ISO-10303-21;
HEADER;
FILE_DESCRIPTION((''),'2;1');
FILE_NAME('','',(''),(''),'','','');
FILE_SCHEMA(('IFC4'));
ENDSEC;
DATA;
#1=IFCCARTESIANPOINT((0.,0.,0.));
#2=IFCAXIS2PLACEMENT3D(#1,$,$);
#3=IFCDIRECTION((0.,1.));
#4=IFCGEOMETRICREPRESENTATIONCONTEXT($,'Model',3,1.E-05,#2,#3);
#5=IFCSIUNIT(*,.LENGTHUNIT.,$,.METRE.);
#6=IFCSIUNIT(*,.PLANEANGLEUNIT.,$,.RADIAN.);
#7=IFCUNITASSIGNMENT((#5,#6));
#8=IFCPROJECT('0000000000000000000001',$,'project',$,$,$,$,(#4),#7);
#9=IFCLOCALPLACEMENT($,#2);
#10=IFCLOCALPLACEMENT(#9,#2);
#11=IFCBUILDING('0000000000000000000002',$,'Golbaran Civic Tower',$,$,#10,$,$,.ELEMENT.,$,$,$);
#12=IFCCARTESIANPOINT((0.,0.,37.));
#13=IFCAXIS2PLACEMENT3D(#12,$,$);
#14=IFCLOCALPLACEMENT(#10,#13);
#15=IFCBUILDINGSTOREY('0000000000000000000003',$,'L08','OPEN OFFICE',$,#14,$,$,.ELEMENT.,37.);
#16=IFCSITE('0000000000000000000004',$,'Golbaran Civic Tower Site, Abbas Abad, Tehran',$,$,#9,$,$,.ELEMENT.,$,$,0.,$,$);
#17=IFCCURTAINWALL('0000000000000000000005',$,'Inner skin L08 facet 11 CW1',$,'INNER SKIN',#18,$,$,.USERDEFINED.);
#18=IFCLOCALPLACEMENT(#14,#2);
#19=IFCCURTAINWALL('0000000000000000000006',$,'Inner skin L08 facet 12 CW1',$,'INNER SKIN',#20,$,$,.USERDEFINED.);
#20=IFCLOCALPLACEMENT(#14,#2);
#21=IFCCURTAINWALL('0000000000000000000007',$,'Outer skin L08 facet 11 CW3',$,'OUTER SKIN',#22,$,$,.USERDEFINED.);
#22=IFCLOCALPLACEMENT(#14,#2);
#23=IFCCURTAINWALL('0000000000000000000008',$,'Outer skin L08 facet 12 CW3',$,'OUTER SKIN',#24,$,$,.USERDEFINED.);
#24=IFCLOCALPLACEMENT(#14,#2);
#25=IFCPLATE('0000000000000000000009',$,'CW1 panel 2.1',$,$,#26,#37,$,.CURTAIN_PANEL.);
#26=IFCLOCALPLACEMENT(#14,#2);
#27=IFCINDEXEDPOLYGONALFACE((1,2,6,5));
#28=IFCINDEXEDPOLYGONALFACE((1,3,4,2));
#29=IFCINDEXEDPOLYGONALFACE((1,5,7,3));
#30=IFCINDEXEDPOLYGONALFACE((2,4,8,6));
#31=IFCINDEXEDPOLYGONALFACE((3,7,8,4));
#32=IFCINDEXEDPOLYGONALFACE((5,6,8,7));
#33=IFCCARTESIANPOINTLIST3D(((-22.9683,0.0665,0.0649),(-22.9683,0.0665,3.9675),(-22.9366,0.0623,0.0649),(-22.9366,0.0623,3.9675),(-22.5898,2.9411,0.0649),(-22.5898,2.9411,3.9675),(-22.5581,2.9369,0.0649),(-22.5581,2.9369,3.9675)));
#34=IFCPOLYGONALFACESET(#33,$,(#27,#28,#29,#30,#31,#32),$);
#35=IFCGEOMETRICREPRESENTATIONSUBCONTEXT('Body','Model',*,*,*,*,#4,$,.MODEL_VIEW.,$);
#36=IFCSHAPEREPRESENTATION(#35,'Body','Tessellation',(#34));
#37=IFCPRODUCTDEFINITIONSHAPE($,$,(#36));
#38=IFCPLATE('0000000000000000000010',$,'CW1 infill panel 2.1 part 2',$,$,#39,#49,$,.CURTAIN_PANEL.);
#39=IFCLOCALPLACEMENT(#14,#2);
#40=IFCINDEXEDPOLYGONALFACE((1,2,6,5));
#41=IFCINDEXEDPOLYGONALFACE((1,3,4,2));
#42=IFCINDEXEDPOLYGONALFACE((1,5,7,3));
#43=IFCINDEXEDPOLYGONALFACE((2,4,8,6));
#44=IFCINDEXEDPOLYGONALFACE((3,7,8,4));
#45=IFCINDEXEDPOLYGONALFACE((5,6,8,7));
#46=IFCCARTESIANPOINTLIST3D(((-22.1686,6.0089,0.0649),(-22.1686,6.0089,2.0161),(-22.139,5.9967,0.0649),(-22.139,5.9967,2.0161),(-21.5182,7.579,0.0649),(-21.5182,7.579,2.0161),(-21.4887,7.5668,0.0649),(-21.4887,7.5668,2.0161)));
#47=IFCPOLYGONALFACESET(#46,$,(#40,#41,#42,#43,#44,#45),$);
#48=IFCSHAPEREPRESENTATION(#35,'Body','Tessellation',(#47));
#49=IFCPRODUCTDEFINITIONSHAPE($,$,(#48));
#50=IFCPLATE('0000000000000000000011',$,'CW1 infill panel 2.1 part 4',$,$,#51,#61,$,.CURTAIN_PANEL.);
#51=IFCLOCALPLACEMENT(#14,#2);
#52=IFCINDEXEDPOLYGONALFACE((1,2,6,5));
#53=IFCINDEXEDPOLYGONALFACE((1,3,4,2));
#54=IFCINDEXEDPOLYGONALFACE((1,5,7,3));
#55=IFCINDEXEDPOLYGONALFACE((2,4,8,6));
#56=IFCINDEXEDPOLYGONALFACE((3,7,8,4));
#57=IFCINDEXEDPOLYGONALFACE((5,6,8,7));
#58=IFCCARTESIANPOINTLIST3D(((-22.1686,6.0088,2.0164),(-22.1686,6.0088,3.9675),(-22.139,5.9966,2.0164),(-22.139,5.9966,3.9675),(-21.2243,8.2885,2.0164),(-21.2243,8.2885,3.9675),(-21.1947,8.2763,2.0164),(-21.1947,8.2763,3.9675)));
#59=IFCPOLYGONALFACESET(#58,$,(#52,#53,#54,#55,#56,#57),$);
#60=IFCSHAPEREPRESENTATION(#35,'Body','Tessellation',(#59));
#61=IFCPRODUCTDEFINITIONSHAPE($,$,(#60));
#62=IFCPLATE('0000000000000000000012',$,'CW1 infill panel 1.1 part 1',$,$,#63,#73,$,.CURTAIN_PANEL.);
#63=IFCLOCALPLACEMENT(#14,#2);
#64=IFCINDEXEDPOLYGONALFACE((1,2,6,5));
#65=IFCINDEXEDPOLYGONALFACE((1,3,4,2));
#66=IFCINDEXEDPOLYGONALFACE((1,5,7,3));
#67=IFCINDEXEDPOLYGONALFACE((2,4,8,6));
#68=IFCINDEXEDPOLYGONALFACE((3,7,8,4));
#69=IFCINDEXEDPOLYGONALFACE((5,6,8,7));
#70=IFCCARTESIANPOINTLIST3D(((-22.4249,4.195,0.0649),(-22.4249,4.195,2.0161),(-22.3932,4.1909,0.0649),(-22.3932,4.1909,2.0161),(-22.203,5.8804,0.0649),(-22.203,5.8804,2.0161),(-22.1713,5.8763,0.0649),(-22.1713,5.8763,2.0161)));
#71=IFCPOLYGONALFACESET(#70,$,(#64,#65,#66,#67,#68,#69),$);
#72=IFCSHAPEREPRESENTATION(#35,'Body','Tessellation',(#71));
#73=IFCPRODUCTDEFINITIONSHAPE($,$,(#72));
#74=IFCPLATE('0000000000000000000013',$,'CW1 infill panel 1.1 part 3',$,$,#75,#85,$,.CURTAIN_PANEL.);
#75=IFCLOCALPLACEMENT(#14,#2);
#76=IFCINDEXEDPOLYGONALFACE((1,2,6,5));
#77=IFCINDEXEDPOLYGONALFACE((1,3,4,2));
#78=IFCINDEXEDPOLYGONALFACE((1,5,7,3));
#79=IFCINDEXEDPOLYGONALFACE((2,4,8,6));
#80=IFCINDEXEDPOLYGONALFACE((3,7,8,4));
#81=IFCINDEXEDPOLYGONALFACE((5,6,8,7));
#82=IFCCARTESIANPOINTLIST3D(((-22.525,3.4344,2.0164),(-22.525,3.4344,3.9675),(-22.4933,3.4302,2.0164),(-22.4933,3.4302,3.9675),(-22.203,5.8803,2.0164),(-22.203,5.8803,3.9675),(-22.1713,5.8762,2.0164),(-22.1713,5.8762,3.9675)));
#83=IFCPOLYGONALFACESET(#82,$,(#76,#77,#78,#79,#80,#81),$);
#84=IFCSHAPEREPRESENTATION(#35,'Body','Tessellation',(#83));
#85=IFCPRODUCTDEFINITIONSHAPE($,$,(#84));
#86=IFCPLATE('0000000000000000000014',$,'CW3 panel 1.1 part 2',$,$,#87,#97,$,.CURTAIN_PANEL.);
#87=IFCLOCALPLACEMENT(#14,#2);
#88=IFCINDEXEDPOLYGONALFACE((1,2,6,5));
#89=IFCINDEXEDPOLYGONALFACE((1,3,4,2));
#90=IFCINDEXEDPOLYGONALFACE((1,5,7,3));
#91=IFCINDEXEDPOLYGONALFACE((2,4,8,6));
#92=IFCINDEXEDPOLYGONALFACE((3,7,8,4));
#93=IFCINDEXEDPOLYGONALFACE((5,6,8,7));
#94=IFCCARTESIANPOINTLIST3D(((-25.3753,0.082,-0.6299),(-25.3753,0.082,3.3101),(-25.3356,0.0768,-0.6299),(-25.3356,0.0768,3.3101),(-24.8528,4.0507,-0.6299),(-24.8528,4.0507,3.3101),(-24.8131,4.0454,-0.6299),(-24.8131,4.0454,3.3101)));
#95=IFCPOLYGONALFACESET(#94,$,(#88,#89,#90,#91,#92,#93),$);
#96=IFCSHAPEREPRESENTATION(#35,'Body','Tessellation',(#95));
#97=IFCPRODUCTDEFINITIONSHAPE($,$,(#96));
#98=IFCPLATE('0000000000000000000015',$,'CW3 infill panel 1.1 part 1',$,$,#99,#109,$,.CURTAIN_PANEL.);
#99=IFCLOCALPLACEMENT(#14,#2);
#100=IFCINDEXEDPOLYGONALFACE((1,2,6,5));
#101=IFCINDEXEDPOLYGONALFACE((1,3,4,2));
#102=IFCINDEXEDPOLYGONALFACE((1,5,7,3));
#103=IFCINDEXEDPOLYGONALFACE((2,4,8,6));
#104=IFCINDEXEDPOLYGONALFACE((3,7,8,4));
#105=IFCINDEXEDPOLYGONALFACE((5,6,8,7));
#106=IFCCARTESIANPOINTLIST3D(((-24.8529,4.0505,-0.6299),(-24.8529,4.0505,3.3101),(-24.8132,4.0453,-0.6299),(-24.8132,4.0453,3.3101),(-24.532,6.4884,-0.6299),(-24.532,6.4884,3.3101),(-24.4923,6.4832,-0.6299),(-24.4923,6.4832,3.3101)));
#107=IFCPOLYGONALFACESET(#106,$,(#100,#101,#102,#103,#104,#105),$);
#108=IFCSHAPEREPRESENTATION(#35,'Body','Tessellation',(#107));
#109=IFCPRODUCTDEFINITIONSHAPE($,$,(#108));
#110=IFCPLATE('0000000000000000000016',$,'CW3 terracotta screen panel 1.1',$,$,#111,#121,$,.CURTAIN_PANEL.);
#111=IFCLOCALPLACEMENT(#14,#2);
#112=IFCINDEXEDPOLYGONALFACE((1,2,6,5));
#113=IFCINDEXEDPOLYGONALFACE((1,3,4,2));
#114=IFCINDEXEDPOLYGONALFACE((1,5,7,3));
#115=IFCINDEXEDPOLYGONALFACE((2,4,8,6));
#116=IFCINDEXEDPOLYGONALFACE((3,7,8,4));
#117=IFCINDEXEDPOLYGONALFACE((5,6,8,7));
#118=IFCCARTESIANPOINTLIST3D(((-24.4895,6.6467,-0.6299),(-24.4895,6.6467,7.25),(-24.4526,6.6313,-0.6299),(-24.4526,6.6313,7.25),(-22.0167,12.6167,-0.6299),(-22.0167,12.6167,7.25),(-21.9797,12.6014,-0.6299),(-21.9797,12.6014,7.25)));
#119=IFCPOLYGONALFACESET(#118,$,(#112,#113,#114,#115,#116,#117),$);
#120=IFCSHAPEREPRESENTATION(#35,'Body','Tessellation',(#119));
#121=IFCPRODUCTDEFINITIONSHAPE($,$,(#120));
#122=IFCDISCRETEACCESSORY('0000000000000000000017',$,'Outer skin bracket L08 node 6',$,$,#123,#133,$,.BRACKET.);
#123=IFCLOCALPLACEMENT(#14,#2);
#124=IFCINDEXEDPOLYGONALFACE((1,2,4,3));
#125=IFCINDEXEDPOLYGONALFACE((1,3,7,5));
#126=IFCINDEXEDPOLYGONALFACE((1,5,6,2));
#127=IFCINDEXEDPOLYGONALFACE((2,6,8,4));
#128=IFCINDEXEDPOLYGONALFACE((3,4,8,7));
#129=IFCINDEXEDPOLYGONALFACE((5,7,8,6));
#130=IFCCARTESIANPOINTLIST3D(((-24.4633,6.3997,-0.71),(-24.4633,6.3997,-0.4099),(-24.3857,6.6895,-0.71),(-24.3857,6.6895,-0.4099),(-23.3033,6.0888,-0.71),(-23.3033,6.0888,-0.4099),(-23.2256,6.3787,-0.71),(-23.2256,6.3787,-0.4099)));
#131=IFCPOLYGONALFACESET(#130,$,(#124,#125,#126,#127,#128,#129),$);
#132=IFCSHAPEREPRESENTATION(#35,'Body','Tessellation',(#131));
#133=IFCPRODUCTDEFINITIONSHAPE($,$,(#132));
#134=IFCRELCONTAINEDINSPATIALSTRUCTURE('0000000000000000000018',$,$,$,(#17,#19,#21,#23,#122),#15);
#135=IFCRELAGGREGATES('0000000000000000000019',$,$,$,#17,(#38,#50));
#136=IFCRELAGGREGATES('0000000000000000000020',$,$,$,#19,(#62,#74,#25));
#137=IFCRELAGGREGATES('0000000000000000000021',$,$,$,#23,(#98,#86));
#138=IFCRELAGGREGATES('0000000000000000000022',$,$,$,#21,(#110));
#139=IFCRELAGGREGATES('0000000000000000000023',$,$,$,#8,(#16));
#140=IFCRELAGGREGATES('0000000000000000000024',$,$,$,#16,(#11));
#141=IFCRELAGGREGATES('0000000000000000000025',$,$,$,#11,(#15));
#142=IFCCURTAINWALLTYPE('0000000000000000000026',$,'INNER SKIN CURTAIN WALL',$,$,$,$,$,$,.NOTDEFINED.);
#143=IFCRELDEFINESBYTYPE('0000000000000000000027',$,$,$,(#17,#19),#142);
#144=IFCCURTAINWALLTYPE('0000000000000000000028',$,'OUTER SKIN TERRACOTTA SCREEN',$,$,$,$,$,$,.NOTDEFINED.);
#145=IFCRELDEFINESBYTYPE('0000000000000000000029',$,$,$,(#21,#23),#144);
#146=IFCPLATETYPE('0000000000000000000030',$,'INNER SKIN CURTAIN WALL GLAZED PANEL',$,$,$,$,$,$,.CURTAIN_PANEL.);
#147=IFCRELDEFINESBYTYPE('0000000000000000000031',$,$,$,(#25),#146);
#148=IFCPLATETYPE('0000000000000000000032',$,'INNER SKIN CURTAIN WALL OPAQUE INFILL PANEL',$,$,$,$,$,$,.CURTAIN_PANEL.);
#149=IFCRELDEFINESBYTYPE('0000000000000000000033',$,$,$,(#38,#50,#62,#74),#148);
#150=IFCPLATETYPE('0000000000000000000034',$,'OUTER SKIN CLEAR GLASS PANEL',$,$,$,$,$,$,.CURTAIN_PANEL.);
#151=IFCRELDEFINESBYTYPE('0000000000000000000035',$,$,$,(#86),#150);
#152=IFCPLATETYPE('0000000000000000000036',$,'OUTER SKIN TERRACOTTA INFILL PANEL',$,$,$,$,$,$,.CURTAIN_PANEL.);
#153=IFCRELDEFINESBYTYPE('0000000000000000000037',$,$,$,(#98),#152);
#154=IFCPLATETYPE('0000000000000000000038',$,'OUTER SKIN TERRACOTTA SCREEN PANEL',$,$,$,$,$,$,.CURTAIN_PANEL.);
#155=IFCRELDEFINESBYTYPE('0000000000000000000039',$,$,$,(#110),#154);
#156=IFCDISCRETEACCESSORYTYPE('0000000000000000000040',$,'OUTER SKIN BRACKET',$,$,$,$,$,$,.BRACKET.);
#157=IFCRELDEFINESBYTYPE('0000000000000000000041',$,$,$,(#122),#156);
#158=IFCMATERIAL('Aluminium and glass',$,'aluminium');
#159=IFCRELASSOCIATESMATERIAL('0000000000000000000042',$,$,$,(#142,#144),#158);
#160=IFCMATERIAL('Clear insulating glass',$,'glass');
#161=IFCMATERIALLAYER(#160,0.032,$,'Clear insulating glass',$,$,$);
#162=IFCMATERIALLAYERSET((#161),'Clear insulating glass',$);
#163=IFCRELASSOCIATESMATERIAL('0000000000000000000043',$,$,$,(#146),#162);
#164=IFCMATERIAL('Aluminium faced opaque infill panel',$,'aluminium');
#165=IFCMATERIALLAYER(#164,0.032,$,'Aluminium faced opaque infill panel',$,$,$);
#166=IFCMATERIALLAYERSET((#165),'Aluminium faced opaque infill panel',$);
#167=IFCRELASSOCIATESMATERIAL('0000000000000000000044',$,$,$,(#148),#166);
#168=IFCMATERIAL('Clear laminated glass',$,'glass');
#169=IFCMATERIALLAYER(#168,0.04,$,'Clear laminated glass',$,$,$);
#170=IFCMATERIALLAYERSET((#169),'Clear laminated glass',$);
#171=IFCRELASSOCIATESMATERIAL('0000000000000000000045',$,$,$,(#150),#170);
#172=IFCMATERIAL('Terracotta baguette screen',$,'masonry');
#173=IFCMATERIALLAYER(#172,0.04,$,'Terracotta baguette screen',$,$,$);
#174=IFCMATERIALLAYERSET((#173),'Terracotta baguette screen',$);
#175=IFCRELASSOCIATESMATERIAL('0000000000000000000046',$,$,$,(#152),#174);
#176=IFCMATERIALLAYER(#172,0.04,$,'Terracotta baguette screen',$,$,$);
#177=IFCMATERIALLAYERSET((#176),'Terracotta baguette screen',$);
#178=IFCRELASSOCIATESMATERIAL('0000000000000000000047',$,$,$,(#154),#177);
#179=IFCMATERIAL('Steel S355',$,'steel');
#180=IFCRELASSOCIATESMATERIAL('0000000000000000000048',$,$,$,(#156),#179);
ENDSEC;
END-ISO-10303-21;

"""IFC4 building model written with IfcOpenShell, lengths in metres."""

from ifc_helpers import new_model, si_unit, direction, frame, origin, origin_2d, place, context, subcontext, project, spatial, rectangle, extrude, material, layer, layer_set, type_object, element, aggregate, save


model = new_model("IFC4")

# Units and contexts
model_context = context("Model", 3, precision=1e-05, world=origin(), true_north=direction((0.0, 1.0)))
body_context = subcontext(model_context, "Body", "Model", "MODEL_VIEW")
ifc_project = project(units=[si_unit("LENGTHUNIT", "METRE"), si_unit("PLANEANGLEUNIT", "RADIAN")], contexts=[model_context])

# Site, building, storey
site_placement = place(None, origin())
site = spatial("IfcSite", under=ifc_project, at=site_placement, Name="Golbaran Civic Tower Site, Abbas Abad, Tehran", CompositionType="ELEMENT", RefElevation=0.0)
building_placement = place(site_placement, origin())
building = spatial("IfcBuilding", under=site, at=building_placement, Name="Golbaran Civic Tower", CompositionType="ELEMENT")
storey_placement = place(building_placement, frame((0.0, 0.0, 37.0)))
storey = spatial("IfcBuildingStorey", under=building, at=storey_placement, Name="L08", Description="OPEN OFFICE", CompositionType="ELEMENT", Elevation=37.0)

# Shared definitions
ifc_material_1 = material(Name="Steel S355", Category="steel")

# Curtain walls
ifc_material_2 = material(Name="Aluminium and glass", Category="aluminium")
curtain_wall_type_1 = type_object("IfcCurtainWallType", Name="INNER SKIN CURTAIN WALL", PredefinedType="NOTDEFINED", material=ifc_material_2)
curtain_wall_1_placement = place(storey_placement, origin())
curtain_wall_1 = element("IfcCurtainWall", 1, at=curtain_wall_1_placement, inside=storey, type_object=curtain_wall_type_1, Name="Inner skin L08 facet 11 CW1", ObjectType="INNER SKIN", PredefinedType="USERDEFINED")
curtain_wall_2_placement = place(storey_placement, origin())
curtain_wall_2 = element("IfcCurtainWall", 2, at=curtain_wall_2_placement, inside=storey, type_object=curtain_wall_type_1, Name="Inner skin L08 facet 12 CW1", ObjectType="INNER SKIN", PredefinedType="USERDEFINED")

# Curtain wall
curtain_wall_type_2 = type_object("IfcCurtainWallType", Name="OUTER SKIN TERRACOTTA SCREEN", PredefinedType="NOTDEFINED", material=ifc_material_2)
curtain_wall_3_placement = place(storey_placement, origin())
curtain_wall_3 = element("IfcCurtainWall", 3, at=curtain_wall_3_placement, inside=storey, type_object=curtain_wall_type_2, Name="Outer skin L08 facet 11 CW3", ObjectType="OUTER SKIN", PredefinedType="USERDEFINED")

# Curtain wall
curtain_wall_4_placement = place(storey_placement, origin())
curtain_wall_4 = element("IfcCurtainWall", 4, at=curtain_wall_4_placement, inside=storey, type_object=curtain_wall_type_2, Name="Outer skin L08 facet 12 CW3", ObjectType="OUTER SKIN", PredefinedType="USERDEFINED")

# Plates
ifc_material_3 = material(Name="Clear insulating glass", Category="glass")
ifc_layer_1 = layer(ifc_material_3, 0.032, Name="Clear insulating glass")
ifc_layer_set_1 = layer_set([ifc_layer_1], Name="Clear insulating glass")
plate_type_1 = type_object("IfcPlateType", Name="INNER SKIN CURTAIN WALL GLAZED PANEL", PredefinedType="CURTAIN_PANEL", material=ifc_layer_set_1)
plate_1_placement = place(storey_placement, frame((-22.7632, 1.5017, 0.0649), z_axis=(0.0, 0.0, 1.0), x_axis=(-0.130526, -0.991445, 0.0)))
plate_1 = element("IfcPlate", 5, at=plate_1_placement, type_object=plate_type_1, Name="CW1 panel 2.1", PredefinedType="CURTAIN_PANEL", context=body_context, shape_type="SweptSolid", body=[
    extrude(rectangle(XDim=2.8994, YDim=0.032, at=origin_2d()), origin(), (0.0, 0.0, 1.0), 3.9026),
])
ifc_material_4 = material(Name="Aluminium faced opaque infill panel", Category="aluminium")
ifc_layer_2 = layer(ifc_material_4, 0.032, Name="Aluminium faced opaque infill panel")
ifc_layer_set_2 = layer_set([ifc_layer_2], Name="Aluminium faced opaque infill panel")
plate_type_2 = type_object("IfcPlateType", Name="INNER SKIN CURTAIN WALL OPAQUE INFILL PANEL", PredefinedType="CURTAIN_PANEL", material=ifc_layer_set_2)
plate_2_placement = place(storey_placement, frame((-21.8286, 6.7878, 0.0649), z_axis=(0.0, 0.0, 1.0), x_axis=(-0.382683, -0.92388, 0.0)))
plate_2 = element("IfcPlate", 6, at=plate_2_placement, type_object=plate_type_2, Name="CW1 infill panel 2.1 part 2", PredefinedType="CURTAIN_PANEL", context=body_context, shape_type="SweptSolid", body=[
    extrude(rectangle(XDim=1.6995, YDim=0.032, at=origin_2d()), origin(), (0.0, 0.0, 1.0), 1.9512),
])
plate_3_placement = place(storey_placement, frame((-21.6816, 7.1426, 2.0164), z_axis=(0.0, 0.0, 1.0), x_axis=(-0.382683, -0.92388, 0.0)))
plate_3 = element("IfcPlate", 7, at=plate_3_placement, type_object=plate_type_2, Name="CW1 infill panel 2.1 part 4", PredefinedType="CURTAIN_PANEL", context=body_context, shape_type="SweptSolid", body=[
    extrude(rectangle(XDim=2.4675, YDim=0.032, at=origin_2d()), origin(), (0.0, 0.0, 1.0), 1.9512),
])
aggregate(curtain_wall_1, [plate_2, plate_3])
plate_4_placement = place(storey_placement, frame((-22.2981, 5.0356, 0.0649), z_axis=(0.0, 0.0, 1.0), x_axis=(-0.130526, -0.991445, 0.0)))
plate_4 = element("IfcPlate", 8, at=plate_4_placement, type_object=plate_type_2, Name="CW1 infill panel 1.1 part 1", PredefinedType="CURTAIN_PANEL", context=body_context, shape_type="SweptSolid", body=[
    extrude(rectangle(XDim=1.7, YDim=0.032, at=origin_2d()), origin(), (0.0, 0.0, 1.0), 1.9512),
])
plate_5_placement = place(storey_placement, frame((-22.3481, 4.6553, 2.0164), z_axis=(0.0, 0.0, 1.0), x_axis=(-0.130526, -0.991445, 0.0)))
plate_5 = element("IfcPlate", 9, at=plate_5_placement, type_object=plate_type_2, Name="CW1 infill panel 1.1 part 3", PredefinedType="CURTAIN_PANEL", context=body_context, shape_type="SweptSolid", body=[
    extrude(rectangle(XDim=2.467, YDim=0.032, at=origin_2d()), origin(), (0.0, 0.0, 1.0), 1.9512),
])
aggregate(curtain_wall_2, [plate_4, plate_5, plate_1])
ifc_material_5 = material(Name="Clear laminated glass", Category="glass")
ifc_layer_3 = layer(ifc_material_5, 0.04, Name="Clear laminated glass")
ifc_layer_set_3 = layer_set([ifc_layer_3], Name="Clear laminated glass")
plate_type_3 = type_object("IfcPlateType", Name="OUTER SKIN CLEAR GLASS PANEL", PredefinedType="CURTAIN_PANEL", material=ifc_layer_set_3)
plate_6_placement = place(storey_placement, frame((-25.0942, 2.0637, -0.6299), z_axis=(0.0, 0.0, 1.0), x_axis=(-0.130526, -0.991445, 0.0)))
plate_6 = element("IfcPlate", 10, at=plate_6_placement, type_object=plate_type_3, Name="CW3 panel 1.1 part 2", PredefinedType="CURTAIN_PANEL", context=body_context, shape_type="SweptSolid", body=[
    extrude(rectangle(XDim=4.0029, YDim=0.04, at=origin_2d()), origin(), (0.0, 0.0, 1.0), 3.9399),
])
ifc_material_6 = material(Name="Terracotta baguette screen", Category="masonry")
ifc_layer_4 = layer(ifc_material_6, 0.04, Name="Terracotta baguette screen")
ifc_layer_set_4 = layer_set([ifc_layer_4], Name="Terracotta baguette screen")
plate_type_4 = type_object("IfcPlateType", Name="OUTER SKIN TERRACOTTA INFILL PANEL", PredefinedType="CURTAIN_PANEL", material=ifc_layer_set_4)
plate_7_placement = place(storey_placement, frame((-24.6726, 5.2668, -0.6299), z_axis=(0.0, 0.0, 1.0), x_axis=(-0.130526, -0.991445, 0.0)))
plate_7 = element("IfcPlate", 11, at=plate_7_placement, type_object=plate_type_4, Name="CW3 infill panel 1.1 part 1", PredefinedType="CURTAIN_PANEL", context=body_context, shape_type="SweptSolid", body=[
    extrude(rectangle(XDim=2.459, YDim=0.04, at=origin_2d()), origin(), (0.0, 0.0, 1.0), 3.9399),
])
aggregate(curtain_wall_4, [plate_7, plate_6])
ifc_layer_5 = layer(ifc_material_6, 0.04, Name="Terracotta baguette screen")
ifc_layer_set_5 = layer_set([ifc_layer_5], Name="Terracotta baguette screen")
plate_type_5 = type_object("IfcPlateType", Name="OUTER SKIN TERRACOTTA SCREEN PANEL", PredefinedType="CURTAIN_PANEL", material=ifc_layer_set_5)
plate_8_placement = place(storey_placement, frame((-23.2346, 9.624, -0.6299), z_axis=(0.0, 0.0, 1.0), x_axis=(-0.382683, -0.92388, 0.0)))
plate_8 = element("IfcPlate", 12, at=plate_8_placement, type_object=plate_type_5, Name="CW3 terracotta screen panel 1.1", PredefinedType="CURTAIN_PANEL", context=body_context, shape_type="SweptSolid", body=[
    extrude(rectangle(XDim=6.4619, YDim=0.04, at=origin_2d()), origin(), (0.0, 0.0, 1.0), 7.8799),
])
aggregate(curtain_wall_3, [plate_8])

# Discrete accessory
discrete_accessory_type = type_object("IfcDiscreteAccessoryType", Name="OUTER SKIN BRACKET", PredefinedType="BRACKET", material=ifc_material_1)
discrete_accessory_placement = place(storey_placement, frame((-23.8445, 6.3892, -0.71), z_axis=(0.0, 0.0, 1.0), x_axis=(-0.965926, 0.258819, 0.0)))
element("IfcDiscreteAccessory", 13, at=discrete_accessory_placement, inside=storey, type_object=discrete_accessory_type, Name="Outer skin bracket L08 node 6", PredefinedType="BRACKET", context=body_context, shape_type="SweptSolid", body=[
    extrude(rectangle(XDim=1.2009, YDim=0.3, at=origin_2d()), origin(), (0.0, 0.0, 1.0), 0.3),
])

save(model, "model.ifc")
